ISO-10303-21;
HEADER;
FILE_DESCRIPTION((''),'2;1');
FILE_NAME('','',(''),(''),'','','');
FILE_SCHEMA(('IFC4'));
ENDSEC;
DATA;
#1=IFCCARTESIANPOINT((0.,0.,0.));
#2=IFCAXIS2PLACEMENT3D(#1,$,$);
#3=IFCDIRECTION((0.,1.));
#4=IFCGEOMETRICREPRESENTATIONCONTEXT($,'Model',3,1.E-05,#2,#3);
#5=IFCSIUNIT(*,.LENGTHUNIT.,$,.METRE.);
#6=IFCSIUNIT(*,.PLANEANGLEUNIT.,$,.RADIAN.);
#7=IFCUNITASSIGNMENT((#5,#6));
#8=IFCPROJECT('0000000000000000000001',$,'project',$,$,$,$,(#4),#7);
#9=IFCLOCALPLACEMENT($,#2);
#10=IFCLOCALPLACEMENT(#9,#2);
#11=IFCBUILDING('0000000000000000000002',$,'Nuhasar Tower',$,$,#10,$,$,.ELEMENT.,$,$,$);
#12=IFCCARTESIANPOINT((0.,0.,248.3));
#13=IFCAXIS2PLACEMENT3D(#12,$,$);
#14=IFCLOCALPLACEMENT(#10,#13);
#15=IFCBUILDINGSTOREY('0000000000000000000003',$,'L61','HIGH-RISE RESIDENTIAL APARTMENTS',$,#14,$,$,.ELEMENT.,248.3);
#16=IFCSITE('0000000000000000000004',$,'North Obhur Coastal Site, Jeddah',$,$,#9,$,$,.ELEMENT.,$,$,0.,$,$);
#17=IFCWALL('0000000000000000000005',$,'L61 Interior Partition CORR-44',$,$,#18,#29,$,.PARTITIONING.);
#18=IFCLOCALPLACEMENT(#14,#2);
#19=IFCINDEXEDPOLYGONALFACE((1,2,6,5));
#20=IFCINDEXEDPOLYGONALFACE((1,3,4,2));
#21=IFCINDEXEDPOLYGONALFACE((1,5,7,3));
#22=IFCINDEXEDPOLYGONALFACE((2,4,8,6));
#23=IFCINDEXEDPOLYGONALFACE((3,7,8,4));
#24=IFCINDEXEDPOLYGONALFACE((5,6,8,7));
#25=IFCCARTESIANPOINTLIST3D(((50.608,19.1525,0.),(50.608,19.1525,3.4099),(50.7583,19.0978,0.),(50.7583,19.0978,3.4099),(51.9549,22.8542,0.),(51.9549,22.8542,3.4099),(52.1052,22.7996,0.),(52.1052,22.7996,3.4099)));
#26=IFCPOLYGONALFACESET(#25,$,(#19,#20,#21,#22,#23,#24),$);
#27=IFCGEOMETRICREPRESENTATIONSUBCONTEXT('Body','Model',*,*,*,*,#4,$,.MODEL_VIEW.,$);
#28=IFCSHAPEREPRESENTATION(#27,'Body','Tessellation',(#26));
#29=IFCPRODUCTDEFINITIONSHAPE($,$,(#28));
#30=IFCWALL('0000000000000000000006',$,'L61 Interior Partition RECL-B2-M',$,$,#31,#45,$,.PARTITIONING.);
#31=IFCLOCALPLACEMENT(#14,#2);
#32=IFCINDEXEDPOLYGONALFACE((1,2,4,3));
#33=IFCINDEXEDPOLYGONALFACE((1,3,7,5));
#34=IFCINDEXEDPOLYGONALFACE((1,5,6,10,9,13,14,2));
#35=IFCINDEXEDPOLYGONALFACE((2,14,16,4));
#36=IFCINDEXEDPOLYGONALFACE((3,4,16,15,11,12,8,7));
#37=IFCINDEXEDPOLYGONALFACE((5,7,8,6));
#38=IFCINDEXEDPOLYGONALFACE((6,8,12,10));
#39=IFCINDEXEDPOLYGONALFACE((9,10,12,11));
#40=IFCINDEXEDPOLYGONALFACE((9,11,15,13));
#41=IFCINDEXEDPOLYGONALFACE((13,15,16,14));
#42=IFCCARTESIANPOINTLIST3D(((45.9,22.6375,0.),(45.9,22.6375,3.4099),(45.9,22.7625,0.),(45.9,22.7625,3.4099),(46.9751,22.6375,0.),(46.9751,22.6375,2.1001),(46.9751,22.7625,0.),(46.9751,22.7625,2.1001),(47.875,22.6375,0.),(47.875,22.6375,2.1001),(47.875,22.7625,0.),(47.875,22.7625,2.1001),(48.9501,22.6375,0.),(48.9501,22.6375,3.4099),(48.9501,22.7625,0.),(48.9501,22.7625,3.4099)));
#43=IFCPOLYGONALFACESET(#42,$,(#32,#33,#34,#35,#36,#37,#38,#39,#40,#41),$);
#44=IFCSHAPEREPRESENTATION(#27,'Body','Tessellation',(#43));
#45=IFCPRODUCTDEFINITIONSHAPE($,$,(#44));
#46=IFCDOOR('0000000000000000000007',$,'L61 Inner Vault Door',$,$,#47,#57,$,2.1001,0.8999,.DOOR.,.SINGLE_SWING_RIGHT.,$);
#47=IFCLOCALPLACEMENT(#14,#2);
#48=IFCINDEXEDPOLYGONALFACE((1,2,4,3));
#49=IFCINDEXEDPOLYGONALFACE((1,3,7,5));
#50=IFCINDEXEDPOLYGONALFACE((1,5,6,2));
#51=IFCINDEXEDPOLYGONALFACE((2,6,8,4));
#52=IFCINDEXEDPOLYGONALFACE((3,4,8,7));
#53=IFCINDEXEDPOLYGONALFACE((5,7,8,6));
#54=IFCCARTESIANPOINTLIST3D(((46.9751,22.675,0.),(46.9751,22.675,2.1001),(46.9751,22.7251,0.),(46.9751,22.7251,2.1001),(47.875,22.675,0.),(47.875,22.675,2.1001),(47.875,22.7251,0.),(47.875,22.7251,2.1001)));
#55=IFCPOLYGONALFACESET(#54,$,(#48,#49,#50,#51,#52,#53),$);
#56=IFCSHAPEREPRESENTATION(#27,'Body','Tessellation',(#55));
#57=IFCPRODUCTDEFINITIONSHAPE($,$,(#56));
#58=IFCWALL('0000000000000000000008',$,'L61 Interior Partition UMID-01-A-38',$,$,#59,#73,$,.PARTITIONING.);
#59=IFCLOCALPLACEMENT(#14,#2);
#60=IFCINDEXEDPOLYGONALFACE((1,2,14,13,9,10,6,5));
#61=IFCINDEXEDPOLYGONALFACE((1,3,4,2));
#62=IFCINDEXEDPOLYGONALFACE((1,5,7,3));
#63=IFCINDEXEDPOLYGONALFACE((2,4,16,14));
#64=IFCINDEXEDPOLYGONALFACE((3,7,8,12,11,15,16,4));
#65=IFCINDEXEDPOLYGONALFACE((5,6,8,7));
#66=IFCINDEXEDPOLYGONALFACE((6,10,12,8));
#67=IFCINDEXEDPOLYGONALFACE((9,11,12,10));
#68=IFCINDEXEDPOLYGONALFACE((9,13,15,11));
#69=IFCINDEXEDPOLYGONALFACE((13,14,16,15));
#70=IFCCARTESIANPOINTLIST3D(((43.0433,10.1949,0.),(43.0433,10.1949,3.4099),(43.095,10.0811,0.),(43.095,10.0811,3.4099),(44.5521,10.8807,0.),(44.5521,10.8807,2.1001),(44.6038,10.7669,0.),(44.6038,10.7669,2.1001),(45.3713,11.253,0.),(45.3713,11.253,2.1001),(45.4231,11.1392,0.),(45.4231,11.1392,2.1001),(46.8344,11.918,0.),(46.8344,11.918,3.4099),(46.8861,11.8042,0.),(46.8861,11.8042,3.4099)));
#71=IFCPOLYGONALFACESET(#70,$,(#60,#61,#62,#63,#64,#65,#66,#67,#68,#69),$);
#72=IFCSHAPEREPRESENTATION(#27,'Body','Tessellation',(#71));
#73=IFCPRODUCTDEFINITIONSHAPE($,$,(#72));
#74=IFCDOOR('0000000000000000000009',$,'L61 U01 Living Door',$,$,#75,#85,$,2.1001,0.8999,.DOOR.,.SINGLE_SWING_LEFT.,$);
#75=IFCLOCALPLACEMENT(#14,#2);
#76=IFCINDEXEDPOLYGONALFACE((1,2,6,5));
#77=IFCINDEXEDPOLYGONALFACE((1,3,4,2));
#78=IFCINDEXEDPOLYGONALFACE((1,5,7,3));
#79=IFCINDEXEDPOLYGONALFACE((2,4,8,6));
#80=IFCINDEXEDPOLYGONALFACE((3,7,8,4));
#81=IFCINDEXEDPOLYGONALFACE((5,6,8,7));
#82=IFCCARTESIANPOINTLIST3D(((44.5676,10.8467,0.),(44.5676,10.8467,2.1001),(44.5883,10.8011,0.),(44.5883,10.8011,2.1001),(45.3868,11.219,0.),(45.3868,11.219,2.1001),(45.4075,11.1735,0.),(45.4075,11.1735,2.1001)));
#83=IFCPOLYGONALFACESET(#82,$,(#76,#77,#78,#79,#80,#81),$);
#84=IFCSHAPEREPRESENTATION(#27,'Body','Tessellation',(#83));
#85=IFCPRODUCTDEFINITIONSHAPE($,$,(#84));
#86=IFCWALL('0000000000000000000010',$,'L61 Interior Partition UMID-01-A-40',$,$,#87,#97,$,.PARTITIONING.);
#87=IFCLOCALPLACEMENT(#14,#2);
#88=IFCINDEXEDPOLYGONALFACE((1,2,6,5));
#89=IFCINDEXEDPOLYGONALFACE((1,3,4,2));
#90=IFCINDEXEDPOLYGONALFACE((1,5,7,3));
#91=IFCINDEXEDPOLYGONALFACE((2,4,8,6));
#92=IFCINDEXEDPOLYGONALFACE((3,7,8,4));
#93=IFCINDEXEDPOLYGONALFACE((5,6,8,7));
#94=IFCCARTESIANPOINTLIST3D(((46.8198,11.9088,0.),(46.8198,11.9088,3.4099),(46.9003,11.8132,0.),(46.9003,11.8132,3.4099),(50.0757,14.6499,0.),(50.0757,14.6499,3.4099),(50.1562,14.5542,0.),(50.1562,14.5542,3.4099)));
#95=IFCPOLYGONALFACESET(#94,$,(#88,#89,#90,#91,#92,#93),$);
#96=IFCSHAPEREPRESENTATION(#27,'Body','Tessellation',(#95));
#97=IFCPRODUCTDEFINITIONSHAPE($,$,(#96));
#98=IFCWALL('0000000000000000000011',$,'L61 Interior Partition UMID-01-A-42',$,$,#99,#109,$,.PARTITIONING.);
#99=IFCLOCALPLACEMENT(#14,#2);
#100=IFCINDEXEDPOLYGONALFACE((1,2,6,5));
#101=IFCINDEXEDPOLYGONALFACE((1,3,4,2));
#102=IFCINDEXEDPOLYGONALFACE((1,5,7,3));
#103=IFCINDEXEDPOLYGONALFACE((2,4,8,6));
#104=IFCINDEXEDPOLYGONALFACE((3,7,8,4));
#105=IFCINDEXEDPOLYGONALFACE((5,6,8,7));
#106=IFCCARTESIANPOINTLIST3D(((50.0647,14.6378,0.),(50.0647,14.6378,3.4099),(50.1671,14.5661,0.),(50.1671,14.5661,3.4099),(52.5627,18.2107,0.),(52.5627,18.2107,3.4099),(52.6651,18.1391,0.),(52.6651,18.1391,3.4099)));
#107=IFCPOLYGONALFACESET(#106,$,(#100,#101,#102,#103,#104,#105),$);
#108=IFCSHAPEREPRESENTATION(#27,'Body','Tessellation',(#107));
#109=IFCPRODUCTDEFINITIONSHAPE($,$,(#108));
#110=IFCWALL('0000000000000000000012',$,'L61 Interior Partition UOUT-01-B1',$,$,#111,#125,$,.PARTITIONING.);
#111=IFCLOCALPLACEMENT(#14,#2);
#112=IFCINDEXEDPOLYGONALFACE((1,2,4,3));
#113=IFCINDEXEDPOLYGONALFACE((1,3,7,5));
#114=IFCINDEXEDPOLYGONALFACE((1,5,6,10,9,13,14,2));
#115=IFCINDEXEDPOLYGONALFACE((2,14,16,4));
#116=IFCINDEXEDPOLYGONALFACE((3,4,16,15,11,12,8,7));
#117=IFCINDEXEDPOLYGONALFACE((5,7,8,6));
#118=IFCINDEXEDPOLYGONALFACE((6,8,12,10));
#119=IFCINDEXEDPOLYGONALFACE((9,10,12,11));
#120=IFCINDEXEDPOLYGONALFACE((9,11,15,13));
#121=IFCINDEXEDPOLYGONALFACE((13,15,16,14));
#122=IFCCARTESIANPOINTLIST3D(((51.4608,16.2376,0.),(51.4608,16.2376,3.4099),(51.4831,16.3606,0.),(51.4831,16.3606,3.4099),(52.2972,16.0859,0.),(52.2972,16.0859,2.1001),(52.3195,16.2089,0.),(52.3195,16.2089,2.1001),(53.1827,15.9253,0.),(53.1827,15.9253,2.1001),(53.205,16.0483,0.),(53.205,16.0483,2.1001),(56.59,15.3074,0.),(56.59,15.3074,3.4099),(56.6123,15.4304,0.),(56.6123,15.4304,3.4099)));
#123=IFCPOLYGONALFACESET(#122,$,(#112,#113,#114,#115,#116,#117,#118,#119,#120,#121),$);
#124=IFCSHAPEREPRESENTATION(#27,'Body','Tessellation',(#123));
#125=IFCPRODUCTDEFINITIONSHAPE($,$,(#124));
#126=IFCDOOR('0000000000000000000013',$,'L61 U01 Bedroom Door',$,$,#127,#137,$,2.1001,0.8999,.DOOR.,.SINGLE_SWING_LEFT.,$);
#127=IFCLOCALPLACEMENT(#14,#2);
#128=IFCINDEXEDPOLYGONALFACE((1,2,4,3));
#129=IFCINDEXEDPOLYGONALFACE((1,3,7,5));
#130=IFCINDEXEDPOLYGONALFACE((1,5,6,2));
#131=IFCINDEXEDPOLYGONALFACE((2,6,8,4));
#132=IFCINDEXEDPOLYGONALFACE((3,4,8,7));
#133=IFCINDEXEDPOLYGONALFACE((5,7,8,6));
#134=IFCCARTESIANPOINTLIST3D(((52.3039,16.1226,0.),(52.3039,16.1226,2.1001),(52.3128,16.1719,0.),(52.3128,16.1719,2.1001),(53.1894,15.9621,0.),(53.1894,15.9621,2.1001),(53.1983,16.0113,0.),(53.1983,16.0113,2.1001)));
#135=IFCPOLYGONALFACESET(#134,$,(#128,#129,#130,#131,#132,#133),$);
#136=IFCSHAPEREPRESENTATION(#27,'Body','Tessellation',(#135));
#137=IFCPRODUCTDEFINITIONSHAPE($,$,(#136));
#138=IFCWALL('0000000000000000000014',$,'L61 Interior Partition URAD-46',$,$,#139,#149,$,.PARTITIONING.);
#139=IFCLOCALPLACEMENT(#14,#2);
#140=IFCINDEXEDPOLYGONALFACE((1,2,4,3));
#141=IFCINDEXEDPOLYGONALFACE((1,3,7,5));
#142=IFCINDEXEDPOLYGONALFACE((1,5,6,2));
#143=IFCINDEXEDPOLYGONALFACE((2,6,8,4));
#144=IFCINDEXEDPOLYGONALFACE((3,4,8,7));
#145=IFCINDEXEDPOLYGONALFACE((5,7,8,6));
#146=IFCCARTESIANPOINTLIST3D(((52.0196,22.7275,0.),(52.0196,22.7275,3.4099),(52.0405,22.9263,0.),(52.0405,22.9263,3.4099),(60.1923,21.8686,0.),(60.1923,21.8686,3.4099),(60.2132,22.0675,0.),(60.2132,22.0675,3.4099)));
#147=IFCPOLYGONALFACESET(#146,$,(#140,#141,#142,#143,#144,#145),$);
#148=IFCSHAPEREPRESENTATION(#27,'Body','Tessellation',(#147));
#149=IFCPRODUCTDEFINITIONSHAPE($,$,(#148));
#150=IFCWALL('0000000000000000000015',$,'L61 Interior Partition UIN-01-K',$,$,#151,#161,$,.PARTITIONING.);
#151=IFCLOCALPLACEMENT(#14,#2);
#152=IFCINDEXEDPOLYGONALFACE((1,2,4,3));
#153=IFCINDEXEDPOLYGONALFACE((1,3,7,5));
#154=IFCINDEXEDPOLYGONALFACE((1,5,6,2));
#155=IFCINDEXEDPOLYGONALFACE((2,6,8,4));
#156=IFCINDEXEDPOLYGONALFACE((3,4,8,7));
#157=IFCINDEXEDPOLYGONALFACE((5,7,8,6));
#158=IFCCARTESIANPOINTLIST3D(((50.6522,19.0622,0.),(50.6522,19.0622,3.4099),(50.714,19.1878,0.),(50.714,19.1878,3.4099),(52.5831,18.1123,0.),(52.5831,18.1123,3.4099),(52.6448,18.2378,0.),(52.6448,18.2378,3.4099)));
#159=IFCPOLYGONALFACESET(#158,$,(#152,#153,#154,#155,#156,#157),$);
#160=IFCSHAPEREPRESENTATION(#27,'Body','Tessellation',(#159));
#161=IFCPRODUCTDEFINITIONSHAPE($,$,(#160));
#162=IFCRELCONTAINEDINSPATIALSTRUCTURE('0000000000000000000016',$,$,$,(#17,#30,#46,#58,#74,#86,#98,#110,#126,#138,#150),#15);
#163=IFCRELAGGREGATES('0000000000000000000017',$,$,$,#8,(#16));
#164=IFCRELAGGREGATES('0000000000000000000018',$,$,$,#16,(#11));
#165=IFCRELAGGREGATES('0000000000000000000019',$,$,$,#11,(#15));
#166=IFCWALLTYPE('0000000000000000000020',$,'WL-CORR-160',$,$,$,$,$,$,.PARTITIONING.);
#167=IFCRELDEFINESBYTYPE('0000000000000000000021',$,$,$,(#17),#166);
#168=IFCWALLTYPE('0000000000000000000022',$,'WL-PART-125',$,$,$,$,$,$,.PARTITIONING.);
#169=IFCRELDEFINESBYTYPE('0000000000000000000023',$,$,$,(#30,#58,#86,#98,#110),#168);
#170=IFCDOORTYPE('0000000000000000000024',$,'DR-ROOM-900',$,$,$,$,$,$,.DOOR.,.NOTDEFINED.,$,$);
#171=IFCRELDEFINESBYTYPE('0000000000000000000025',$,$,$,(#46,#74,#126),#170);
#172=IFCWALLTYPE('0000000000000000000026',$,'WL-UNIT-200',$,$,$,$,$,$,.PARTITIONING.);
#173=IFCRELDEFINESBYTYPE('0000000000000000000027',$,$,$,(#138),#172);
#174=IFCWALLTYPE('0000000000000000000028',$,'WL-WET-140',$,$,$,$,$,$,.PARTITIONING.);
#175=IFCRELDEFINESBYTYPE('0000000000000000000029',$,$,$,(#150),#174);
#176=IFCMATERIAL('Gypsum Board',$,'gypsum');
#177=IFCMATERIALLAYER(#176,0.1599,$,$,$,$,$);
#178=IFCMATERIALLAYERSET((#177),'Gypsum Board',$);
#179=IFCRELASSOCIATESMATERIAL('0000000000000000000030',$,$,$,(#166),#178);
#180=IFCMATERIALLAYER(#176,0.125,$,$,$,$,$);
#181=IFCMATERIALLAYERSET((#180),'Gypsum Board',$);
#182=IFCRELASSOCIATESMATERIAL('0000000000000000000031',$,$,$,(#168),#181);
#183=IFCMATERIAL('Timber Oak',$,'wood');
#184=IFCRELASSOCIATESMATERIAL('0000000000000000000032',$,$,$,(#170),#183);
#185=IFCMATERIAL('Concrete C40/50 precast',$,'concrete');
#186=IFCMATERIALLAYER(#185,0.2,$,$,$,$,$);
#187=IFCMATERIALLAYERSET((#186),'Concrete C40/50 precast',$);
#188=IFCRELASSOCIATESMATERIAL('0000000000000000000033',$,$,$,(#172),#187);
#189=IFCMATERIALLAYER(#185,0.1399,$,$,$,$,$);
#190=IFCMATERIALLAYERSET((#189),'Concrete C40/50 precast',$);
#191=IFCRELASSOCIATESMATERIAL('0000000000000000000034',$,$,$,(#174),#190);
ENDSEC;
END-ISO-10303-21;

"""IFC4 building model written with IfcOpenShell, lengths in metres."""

from ifc_helpers import new_model, si_unit, direction, frame, frame_2d, origin, place, context, subcontext, project, spatial, rectangle, extrude, material, layer, layer_set, type_object, element, fill, save


model = new_model("IFC4")

# Units and contexts
model_context = context("Model", 3, precision=1e-05, world=origin(), true_north=direction((0.0, 1.0)))
body_context = subcontext(model_context, "Body", "Model", "MODEL_VIEW")
ifc_project = project(units=[si_unit("LENGTHUNIT", "METRE"), si_unit("PLANEANGLEUNIT", "RADIAN")], contexts=[model_context])

# Site, building, storey
site_placement = place(None, origin())
site = spatial("IfcSite", under=ifc_project, at=site_placement, Name="North Obhur Coastal Site, Jeddah", CompositionType="ELEMENT", RefElevation=0.0)
building_placement = place(site_placement, origin())
building = spatial("IfcBuilding", under=site, at=building_placement, Name="Nuhasar Tower", CompositionType="ELEMENT")
storey_placement = place(building_placement, frame((0.0, 0.0, 248.3)))
storey = spatial("IfcBuildingStorey", under=building, at=storey_placement, Name="L61", Description="HIGH-RISE RESIDENTIAL APARTMENTS", CompositionType="ELEMENT", Elevation=248.3)

# Wall
ifc_material_1 = material(Name="Gypsum Board", Category="gypsum")
ifc_layer_1 = layer(ifc_material_1, 0.1599)
ifc_layer_set_1 = layer_set([ifc_layer_1], Name="Gypsum Board")
wall_type_1 = type_object("IfcWallType", Name="WL-CORR-160", PredefinedType="PARTITIONING", material=ifc_layer_set_1)
wall_1_placement = place(storey_placement, frame((50.6831, 19.125, 0.0), z_axis=(0.0, 0.0, 1.0), x_axis=(0.341917, 0.93973, 0.0)))
element("IfcWall", 1, at=wall_1_placement, inside=storey, type_object=wall_type_1, Name="L61 Interior Partition CORR-44", PredefinedType="PARTITIONING", context=body_context, shape_type="SweptSolid", body=[
    extrude(rectangle(XDim=3.9392, YDim=0.1599, at=frame_2d((1.9697, 0.0))), origin(), (0.0, 0.0, 1.0), 3.4099),
])

# Walls, openings, doors
ifc_layer_2 = layer(ifc_material_1, 0.125)
ifc_layer_set_2 = layer_set([ifc_layer_2], Name="Gypsum Board")
wall_type_2 = type_object("IfcWallType", Name="WL-PART-125", PredefinedType="PARTITIONING", material=ifc_layer_set_2)
wall_2_placement = place(storey_placement, frame((48.95, 22.7, 0.0), z_axis=(0.0, 0.0, 1.0), x_axis=(-1.0, 0.0, 0.0)))
wall_2 = element("IfcWall", 2, at=wall_2_placement, inside=storey, type_object=wall_type_2, Name="L61 Interior Partition RECL-B2-M", PredefinedType="PARTITIONING", context=body_context, shape_type="SweptSolid", body=[
    extrude(rectangle(XDim=3.05, YDim=0.125, at=frame_2d((1.5249, 0.0))), origin(), (0.0, 0.0, 1.0), 3.4099),
])
opening_1_placement = place(wall_2_placement, frame((1.075, 0.0, 0.0)))
opening_1 = element("IfcOpeningElement", 3, at=opening_1_placement, cuts=wall_2, PredefinedType="OPENING", context=body_context, shape_type="SweptSolid", body=[
    extrude(rectangle(XDim=0.8999, YDim=2.1001, at=frame_2d((0.45, 1.05))), frame((0.0, 0.0725, 0.0), z_axis=(0.0, -1.0, 0.0), x_axis=(1.0, 0.0, 0.0)), (0.0, 0.0, 1.0), 0.145),
])
ifc_material_2 = material(Name="Timber Oak", Category="wood")
door_type = type_object("IfcDoorType", Name="DR-ROOM-900", OperationType="NOTDEFINED", PredefinedType="DOOR", material=ifc_material_2)
door_1_placement = place(opening_1_placement, origin())
door_1 = element("IfcDoor", 4, at=door_1_placement, inside=storey, type_object=door_type, Name="L61 Inner Vault Door", OperationType="SINGLE_SWING_RIGHT", OverallHeight=2.1001, OverallWidth=0.8999, PredefinedType="DOOR", context=body_context, shape_type="SweptSolid", body=[
    extrude(rectangle(XDim=0.8999, YDim=2.1001, at=frame_2d((0.45, 1.05))), frame((0.0, 0.0249, 0.0), z_axis=(0.0, -1.0, 0.0), x_axis=(1.0, 0.0, 0.0)), (0.0, 0.0, 1.0), 0.05),
])
fill(opening_1, door_1)
wall_3_placement = place(storey_placement, frame((46.8601, 11.8611, 0.0), z_axis=(0.0, 0.0, 1.0), x_axis=(-0.91037, -0.413794, 0.0)))
wall_3 = element("IfcWall", 5, at=wall_3_placement, inside=storey, type_object=wall_type_2, Name="L61 Interior Partition UMID-01-A-38", PredefinedType="PARTITIONING", context=body_context, shape_type="SweptSolid", body=[
    extrude(rectangle(XDim=4.1643, YDim=0.125, at=frame_2d((2.082, 0.0))), origin(), (0.0, 0.0, 1.0), 3.4099),
])
opening_2_placement = place(wall_3_placement, frame((1.6069, 0.0, 0.0)))
opening_2 = element("IfcOpeningElement", 6, at=opening_2_placement, cuts=wall_3, PredefinedType="OPENING", context=body_context, shape_type="SweptSolid", body=[
    extrude(rectangle(XDim=0.8999, YDim=2.1001, at=frame_2d((0.45, 1.05))), frame((0.0, 0.0725, 0.0), z_axis=(0.0, -1.0, 0.0), x_axis=(1.0, 0.0, 0.0)), (0.0, 0.0, 1.0), 0.145),
])
door_2_placement = place(opening_2_placement, origin())
door_2 = element("IfcDoor", 7, at=door_2_placement, inside=storey, type_object=door_type, Name="L61 U01 Living Door", OperationType="SINGLE_SWING_LEFT", OverallHeight=2.1001, OverallWidth=0.8999, PredefinedType="DOOR", context=body_context, shape_type="SweptSolid", body=[
    extrude(rectangle(XDim=0.8999, YDim=2.1001, at=frame_2d((0.45, 1.05))), frame((0.0, 0.0249, 0.0), z_axis=(0.0, -1.0, 0.0), x_axis=(1.0, 0.0, 0.0)), (0.0, 0.0, 1.0), 0.05),
])
fill(opening_2, door_2)

# Walls
wall_4_placement = place(storey_placement, frame((46.8601, 11.8611, 0.0), z_axis=(0.0, 0.0, 1.0), x_axis=(0.765005, 0.644024, 0.0)))
element("IfcWall", 8, at=wall_4_placement, inside=storey, type_object=wall_type_2, Name="L61 Interior Partition UMID-01-A-40", PredefinedType="PARTITIONING", context=body_context, shape_type="SweptSolid", body=[
    extrude(rectangle(XDim=4.2561, YDim=0.125, at=frame_2d((2.1279, 0.0))), origin(), (0.0, 0.0, 1.0), 3.4099),
])
wall_5_placement = place(storey_placement, frame((50.116, 14.6021, 0.0), z_axis=(0.0, 0.0, 1.0), x_axis=(0.572992, 0.819561, 0.0)))
element("IfcWall", 9, at=wall_5_placement, inside=storey, type_object=wall_type_2, Name="L61 Interior Partition UMID-01-A-42", PredefinedType="PARTITIONING", context=body_context, shape_type="SweptSolid", body=[
    extrude(rectangle(XDim=4.3596, YDim=0.125, at=frame_2d((2.1797, 0.0))), origin(), (0.0, 0.0, 1.0), 3.4099),
])

# Wall, opening, door
wall_6_placement = place(storey_placement, frame((51.4719, 16.2991, 0.0), z_axis=(0.0, 0.0, 1.0), x_axis=(0.983951, -0.17844, 0.0)))
wall_6 = element("IfcWall", 10, at=wall_6_placement, inside=storey, type_object=wall_type_2, Name="L61 Interior Partition UOUT-01-B1", PredefinedType="PARTITIONING", context=body_context, shape_type="SweptSolid", body=[
    extrude(rectangle(XDim=5.2129, YDim=0.125, at=frame_2d((2.6064, 0.0))), origin(), (0.0, 0.0, 1.0), 3.4099),
])
opening_3_placement = place(wall_6_placement, frame((0.8501, 0.0, 0.0)))
opening_3 = element("IfcOpeningElement", 11, at=opening_3_placement, cuts=wall_6, PredefinedType="OPENING", context=body_context, shape_type="SweptSolid", body=[
    extrude(rectangle(XDim=0.8999, YDim=2.1001, at=frame_2d((0.45, 1.05))), frame((0.0, 0.0725, 0.0), z_axis=(0.0, -1.0, 0.0), x_axis=(1.0, 0.0, 0.0)), (0.0, 0.0, 1.0), 0.145),
])
door_3_placement = place(opening_3_placement, origin())
door_3 = element("IfcDoor", 12, at=door_3_placement, inside=storey, type_object=door_type, Name="L61 U01 Bedroom Door", OperationType="SINGLE_SWING_LEFT", OverallHeight=2.1001, OverallWidth=0.8999, PredefinedType="DOOR", context=body_context, shape_type="SweptSolid", body=[
    extrude(rectangle(XDim=0.8999, YDim=2.1001, at=frame_2d((0.45, 1.05))), frame((0.0, 0.0249, 0.0), z_axis=(0.0, -1.0, 0.0), x_axis=(1.0, 0.0, 0.0)), (0.0, 0.0, 1.0), 0.05),
])
fill(opening_3, door_3)

# Walls
ifc_material_3 = material(Name="Concrete C40/50 precast", Category="concrete")
ifc_layer_3 = layer(ifc_material_3, 0.2)
ifc_layer_set_3 = layer_set([ifc_layer_3], Name="Concrete C40/50 precast")
wall_type_3 = type_object("IfcWallType", Name="WL-UNIT-200", PredefinedType="PARTITIONING", material=ifc_layer_set_3)
wall_7_placement = place(storey_placement, frame((52.03, 22.8269, 0.0), z_axis=(0.0, 0.0, 1.0), x_axis=(0.994523, -0.104515, 0.0)))
element("IfcWall", 13, at=wall_7_placement, inside=storey, type_object=wall_type_3, Name="L61 Interior Partition URAD-46", PredefinedType="PARTITIONING", context=body_context, shape_type="SweptSolid", body=[
    extrude(rectangle(XDim=8.2178, YDim=0.2, at=frame_2d((4.1089, 0.0))), origin(), (0.0, 0.0, 1.0), 3.4099),
])
ifc_layer_4 = layer(ifc_material_3, 0.1399)
ifc_layer_set_4 = layer_set([ifc_layer_4], Name="Concrete C40/50 precast")
wall_type_4 = type_object("IfcWallType", Name="WL-WET-140", PredefinedType="PARTITIONING", material=ifc_layer_set_4)
wall_8_placement = place(storey_placement, frame((50.6831, 19.125, 0.0), z_axis=(0.0, 0.0, 1.0), x_axis=(0.89729, -0.441441, 0.0)))
element("IfcWall", 14, at=wall_8_placement, inside=storey, type_object=wall_type_4, Name="L61 Interior Partition UIN-01-K", PredefinedType="PARTITIONING", context=body_context, shape_type="SweptSolid", body=[
    extrude(rectangle(XDim=2.1519, YDim=0.1399, at=frame_2d((1.0759, 0.0))), origin(), (0.0, 0.0, 1.0), 3.4099),
])

save(model, "model.ifc")
